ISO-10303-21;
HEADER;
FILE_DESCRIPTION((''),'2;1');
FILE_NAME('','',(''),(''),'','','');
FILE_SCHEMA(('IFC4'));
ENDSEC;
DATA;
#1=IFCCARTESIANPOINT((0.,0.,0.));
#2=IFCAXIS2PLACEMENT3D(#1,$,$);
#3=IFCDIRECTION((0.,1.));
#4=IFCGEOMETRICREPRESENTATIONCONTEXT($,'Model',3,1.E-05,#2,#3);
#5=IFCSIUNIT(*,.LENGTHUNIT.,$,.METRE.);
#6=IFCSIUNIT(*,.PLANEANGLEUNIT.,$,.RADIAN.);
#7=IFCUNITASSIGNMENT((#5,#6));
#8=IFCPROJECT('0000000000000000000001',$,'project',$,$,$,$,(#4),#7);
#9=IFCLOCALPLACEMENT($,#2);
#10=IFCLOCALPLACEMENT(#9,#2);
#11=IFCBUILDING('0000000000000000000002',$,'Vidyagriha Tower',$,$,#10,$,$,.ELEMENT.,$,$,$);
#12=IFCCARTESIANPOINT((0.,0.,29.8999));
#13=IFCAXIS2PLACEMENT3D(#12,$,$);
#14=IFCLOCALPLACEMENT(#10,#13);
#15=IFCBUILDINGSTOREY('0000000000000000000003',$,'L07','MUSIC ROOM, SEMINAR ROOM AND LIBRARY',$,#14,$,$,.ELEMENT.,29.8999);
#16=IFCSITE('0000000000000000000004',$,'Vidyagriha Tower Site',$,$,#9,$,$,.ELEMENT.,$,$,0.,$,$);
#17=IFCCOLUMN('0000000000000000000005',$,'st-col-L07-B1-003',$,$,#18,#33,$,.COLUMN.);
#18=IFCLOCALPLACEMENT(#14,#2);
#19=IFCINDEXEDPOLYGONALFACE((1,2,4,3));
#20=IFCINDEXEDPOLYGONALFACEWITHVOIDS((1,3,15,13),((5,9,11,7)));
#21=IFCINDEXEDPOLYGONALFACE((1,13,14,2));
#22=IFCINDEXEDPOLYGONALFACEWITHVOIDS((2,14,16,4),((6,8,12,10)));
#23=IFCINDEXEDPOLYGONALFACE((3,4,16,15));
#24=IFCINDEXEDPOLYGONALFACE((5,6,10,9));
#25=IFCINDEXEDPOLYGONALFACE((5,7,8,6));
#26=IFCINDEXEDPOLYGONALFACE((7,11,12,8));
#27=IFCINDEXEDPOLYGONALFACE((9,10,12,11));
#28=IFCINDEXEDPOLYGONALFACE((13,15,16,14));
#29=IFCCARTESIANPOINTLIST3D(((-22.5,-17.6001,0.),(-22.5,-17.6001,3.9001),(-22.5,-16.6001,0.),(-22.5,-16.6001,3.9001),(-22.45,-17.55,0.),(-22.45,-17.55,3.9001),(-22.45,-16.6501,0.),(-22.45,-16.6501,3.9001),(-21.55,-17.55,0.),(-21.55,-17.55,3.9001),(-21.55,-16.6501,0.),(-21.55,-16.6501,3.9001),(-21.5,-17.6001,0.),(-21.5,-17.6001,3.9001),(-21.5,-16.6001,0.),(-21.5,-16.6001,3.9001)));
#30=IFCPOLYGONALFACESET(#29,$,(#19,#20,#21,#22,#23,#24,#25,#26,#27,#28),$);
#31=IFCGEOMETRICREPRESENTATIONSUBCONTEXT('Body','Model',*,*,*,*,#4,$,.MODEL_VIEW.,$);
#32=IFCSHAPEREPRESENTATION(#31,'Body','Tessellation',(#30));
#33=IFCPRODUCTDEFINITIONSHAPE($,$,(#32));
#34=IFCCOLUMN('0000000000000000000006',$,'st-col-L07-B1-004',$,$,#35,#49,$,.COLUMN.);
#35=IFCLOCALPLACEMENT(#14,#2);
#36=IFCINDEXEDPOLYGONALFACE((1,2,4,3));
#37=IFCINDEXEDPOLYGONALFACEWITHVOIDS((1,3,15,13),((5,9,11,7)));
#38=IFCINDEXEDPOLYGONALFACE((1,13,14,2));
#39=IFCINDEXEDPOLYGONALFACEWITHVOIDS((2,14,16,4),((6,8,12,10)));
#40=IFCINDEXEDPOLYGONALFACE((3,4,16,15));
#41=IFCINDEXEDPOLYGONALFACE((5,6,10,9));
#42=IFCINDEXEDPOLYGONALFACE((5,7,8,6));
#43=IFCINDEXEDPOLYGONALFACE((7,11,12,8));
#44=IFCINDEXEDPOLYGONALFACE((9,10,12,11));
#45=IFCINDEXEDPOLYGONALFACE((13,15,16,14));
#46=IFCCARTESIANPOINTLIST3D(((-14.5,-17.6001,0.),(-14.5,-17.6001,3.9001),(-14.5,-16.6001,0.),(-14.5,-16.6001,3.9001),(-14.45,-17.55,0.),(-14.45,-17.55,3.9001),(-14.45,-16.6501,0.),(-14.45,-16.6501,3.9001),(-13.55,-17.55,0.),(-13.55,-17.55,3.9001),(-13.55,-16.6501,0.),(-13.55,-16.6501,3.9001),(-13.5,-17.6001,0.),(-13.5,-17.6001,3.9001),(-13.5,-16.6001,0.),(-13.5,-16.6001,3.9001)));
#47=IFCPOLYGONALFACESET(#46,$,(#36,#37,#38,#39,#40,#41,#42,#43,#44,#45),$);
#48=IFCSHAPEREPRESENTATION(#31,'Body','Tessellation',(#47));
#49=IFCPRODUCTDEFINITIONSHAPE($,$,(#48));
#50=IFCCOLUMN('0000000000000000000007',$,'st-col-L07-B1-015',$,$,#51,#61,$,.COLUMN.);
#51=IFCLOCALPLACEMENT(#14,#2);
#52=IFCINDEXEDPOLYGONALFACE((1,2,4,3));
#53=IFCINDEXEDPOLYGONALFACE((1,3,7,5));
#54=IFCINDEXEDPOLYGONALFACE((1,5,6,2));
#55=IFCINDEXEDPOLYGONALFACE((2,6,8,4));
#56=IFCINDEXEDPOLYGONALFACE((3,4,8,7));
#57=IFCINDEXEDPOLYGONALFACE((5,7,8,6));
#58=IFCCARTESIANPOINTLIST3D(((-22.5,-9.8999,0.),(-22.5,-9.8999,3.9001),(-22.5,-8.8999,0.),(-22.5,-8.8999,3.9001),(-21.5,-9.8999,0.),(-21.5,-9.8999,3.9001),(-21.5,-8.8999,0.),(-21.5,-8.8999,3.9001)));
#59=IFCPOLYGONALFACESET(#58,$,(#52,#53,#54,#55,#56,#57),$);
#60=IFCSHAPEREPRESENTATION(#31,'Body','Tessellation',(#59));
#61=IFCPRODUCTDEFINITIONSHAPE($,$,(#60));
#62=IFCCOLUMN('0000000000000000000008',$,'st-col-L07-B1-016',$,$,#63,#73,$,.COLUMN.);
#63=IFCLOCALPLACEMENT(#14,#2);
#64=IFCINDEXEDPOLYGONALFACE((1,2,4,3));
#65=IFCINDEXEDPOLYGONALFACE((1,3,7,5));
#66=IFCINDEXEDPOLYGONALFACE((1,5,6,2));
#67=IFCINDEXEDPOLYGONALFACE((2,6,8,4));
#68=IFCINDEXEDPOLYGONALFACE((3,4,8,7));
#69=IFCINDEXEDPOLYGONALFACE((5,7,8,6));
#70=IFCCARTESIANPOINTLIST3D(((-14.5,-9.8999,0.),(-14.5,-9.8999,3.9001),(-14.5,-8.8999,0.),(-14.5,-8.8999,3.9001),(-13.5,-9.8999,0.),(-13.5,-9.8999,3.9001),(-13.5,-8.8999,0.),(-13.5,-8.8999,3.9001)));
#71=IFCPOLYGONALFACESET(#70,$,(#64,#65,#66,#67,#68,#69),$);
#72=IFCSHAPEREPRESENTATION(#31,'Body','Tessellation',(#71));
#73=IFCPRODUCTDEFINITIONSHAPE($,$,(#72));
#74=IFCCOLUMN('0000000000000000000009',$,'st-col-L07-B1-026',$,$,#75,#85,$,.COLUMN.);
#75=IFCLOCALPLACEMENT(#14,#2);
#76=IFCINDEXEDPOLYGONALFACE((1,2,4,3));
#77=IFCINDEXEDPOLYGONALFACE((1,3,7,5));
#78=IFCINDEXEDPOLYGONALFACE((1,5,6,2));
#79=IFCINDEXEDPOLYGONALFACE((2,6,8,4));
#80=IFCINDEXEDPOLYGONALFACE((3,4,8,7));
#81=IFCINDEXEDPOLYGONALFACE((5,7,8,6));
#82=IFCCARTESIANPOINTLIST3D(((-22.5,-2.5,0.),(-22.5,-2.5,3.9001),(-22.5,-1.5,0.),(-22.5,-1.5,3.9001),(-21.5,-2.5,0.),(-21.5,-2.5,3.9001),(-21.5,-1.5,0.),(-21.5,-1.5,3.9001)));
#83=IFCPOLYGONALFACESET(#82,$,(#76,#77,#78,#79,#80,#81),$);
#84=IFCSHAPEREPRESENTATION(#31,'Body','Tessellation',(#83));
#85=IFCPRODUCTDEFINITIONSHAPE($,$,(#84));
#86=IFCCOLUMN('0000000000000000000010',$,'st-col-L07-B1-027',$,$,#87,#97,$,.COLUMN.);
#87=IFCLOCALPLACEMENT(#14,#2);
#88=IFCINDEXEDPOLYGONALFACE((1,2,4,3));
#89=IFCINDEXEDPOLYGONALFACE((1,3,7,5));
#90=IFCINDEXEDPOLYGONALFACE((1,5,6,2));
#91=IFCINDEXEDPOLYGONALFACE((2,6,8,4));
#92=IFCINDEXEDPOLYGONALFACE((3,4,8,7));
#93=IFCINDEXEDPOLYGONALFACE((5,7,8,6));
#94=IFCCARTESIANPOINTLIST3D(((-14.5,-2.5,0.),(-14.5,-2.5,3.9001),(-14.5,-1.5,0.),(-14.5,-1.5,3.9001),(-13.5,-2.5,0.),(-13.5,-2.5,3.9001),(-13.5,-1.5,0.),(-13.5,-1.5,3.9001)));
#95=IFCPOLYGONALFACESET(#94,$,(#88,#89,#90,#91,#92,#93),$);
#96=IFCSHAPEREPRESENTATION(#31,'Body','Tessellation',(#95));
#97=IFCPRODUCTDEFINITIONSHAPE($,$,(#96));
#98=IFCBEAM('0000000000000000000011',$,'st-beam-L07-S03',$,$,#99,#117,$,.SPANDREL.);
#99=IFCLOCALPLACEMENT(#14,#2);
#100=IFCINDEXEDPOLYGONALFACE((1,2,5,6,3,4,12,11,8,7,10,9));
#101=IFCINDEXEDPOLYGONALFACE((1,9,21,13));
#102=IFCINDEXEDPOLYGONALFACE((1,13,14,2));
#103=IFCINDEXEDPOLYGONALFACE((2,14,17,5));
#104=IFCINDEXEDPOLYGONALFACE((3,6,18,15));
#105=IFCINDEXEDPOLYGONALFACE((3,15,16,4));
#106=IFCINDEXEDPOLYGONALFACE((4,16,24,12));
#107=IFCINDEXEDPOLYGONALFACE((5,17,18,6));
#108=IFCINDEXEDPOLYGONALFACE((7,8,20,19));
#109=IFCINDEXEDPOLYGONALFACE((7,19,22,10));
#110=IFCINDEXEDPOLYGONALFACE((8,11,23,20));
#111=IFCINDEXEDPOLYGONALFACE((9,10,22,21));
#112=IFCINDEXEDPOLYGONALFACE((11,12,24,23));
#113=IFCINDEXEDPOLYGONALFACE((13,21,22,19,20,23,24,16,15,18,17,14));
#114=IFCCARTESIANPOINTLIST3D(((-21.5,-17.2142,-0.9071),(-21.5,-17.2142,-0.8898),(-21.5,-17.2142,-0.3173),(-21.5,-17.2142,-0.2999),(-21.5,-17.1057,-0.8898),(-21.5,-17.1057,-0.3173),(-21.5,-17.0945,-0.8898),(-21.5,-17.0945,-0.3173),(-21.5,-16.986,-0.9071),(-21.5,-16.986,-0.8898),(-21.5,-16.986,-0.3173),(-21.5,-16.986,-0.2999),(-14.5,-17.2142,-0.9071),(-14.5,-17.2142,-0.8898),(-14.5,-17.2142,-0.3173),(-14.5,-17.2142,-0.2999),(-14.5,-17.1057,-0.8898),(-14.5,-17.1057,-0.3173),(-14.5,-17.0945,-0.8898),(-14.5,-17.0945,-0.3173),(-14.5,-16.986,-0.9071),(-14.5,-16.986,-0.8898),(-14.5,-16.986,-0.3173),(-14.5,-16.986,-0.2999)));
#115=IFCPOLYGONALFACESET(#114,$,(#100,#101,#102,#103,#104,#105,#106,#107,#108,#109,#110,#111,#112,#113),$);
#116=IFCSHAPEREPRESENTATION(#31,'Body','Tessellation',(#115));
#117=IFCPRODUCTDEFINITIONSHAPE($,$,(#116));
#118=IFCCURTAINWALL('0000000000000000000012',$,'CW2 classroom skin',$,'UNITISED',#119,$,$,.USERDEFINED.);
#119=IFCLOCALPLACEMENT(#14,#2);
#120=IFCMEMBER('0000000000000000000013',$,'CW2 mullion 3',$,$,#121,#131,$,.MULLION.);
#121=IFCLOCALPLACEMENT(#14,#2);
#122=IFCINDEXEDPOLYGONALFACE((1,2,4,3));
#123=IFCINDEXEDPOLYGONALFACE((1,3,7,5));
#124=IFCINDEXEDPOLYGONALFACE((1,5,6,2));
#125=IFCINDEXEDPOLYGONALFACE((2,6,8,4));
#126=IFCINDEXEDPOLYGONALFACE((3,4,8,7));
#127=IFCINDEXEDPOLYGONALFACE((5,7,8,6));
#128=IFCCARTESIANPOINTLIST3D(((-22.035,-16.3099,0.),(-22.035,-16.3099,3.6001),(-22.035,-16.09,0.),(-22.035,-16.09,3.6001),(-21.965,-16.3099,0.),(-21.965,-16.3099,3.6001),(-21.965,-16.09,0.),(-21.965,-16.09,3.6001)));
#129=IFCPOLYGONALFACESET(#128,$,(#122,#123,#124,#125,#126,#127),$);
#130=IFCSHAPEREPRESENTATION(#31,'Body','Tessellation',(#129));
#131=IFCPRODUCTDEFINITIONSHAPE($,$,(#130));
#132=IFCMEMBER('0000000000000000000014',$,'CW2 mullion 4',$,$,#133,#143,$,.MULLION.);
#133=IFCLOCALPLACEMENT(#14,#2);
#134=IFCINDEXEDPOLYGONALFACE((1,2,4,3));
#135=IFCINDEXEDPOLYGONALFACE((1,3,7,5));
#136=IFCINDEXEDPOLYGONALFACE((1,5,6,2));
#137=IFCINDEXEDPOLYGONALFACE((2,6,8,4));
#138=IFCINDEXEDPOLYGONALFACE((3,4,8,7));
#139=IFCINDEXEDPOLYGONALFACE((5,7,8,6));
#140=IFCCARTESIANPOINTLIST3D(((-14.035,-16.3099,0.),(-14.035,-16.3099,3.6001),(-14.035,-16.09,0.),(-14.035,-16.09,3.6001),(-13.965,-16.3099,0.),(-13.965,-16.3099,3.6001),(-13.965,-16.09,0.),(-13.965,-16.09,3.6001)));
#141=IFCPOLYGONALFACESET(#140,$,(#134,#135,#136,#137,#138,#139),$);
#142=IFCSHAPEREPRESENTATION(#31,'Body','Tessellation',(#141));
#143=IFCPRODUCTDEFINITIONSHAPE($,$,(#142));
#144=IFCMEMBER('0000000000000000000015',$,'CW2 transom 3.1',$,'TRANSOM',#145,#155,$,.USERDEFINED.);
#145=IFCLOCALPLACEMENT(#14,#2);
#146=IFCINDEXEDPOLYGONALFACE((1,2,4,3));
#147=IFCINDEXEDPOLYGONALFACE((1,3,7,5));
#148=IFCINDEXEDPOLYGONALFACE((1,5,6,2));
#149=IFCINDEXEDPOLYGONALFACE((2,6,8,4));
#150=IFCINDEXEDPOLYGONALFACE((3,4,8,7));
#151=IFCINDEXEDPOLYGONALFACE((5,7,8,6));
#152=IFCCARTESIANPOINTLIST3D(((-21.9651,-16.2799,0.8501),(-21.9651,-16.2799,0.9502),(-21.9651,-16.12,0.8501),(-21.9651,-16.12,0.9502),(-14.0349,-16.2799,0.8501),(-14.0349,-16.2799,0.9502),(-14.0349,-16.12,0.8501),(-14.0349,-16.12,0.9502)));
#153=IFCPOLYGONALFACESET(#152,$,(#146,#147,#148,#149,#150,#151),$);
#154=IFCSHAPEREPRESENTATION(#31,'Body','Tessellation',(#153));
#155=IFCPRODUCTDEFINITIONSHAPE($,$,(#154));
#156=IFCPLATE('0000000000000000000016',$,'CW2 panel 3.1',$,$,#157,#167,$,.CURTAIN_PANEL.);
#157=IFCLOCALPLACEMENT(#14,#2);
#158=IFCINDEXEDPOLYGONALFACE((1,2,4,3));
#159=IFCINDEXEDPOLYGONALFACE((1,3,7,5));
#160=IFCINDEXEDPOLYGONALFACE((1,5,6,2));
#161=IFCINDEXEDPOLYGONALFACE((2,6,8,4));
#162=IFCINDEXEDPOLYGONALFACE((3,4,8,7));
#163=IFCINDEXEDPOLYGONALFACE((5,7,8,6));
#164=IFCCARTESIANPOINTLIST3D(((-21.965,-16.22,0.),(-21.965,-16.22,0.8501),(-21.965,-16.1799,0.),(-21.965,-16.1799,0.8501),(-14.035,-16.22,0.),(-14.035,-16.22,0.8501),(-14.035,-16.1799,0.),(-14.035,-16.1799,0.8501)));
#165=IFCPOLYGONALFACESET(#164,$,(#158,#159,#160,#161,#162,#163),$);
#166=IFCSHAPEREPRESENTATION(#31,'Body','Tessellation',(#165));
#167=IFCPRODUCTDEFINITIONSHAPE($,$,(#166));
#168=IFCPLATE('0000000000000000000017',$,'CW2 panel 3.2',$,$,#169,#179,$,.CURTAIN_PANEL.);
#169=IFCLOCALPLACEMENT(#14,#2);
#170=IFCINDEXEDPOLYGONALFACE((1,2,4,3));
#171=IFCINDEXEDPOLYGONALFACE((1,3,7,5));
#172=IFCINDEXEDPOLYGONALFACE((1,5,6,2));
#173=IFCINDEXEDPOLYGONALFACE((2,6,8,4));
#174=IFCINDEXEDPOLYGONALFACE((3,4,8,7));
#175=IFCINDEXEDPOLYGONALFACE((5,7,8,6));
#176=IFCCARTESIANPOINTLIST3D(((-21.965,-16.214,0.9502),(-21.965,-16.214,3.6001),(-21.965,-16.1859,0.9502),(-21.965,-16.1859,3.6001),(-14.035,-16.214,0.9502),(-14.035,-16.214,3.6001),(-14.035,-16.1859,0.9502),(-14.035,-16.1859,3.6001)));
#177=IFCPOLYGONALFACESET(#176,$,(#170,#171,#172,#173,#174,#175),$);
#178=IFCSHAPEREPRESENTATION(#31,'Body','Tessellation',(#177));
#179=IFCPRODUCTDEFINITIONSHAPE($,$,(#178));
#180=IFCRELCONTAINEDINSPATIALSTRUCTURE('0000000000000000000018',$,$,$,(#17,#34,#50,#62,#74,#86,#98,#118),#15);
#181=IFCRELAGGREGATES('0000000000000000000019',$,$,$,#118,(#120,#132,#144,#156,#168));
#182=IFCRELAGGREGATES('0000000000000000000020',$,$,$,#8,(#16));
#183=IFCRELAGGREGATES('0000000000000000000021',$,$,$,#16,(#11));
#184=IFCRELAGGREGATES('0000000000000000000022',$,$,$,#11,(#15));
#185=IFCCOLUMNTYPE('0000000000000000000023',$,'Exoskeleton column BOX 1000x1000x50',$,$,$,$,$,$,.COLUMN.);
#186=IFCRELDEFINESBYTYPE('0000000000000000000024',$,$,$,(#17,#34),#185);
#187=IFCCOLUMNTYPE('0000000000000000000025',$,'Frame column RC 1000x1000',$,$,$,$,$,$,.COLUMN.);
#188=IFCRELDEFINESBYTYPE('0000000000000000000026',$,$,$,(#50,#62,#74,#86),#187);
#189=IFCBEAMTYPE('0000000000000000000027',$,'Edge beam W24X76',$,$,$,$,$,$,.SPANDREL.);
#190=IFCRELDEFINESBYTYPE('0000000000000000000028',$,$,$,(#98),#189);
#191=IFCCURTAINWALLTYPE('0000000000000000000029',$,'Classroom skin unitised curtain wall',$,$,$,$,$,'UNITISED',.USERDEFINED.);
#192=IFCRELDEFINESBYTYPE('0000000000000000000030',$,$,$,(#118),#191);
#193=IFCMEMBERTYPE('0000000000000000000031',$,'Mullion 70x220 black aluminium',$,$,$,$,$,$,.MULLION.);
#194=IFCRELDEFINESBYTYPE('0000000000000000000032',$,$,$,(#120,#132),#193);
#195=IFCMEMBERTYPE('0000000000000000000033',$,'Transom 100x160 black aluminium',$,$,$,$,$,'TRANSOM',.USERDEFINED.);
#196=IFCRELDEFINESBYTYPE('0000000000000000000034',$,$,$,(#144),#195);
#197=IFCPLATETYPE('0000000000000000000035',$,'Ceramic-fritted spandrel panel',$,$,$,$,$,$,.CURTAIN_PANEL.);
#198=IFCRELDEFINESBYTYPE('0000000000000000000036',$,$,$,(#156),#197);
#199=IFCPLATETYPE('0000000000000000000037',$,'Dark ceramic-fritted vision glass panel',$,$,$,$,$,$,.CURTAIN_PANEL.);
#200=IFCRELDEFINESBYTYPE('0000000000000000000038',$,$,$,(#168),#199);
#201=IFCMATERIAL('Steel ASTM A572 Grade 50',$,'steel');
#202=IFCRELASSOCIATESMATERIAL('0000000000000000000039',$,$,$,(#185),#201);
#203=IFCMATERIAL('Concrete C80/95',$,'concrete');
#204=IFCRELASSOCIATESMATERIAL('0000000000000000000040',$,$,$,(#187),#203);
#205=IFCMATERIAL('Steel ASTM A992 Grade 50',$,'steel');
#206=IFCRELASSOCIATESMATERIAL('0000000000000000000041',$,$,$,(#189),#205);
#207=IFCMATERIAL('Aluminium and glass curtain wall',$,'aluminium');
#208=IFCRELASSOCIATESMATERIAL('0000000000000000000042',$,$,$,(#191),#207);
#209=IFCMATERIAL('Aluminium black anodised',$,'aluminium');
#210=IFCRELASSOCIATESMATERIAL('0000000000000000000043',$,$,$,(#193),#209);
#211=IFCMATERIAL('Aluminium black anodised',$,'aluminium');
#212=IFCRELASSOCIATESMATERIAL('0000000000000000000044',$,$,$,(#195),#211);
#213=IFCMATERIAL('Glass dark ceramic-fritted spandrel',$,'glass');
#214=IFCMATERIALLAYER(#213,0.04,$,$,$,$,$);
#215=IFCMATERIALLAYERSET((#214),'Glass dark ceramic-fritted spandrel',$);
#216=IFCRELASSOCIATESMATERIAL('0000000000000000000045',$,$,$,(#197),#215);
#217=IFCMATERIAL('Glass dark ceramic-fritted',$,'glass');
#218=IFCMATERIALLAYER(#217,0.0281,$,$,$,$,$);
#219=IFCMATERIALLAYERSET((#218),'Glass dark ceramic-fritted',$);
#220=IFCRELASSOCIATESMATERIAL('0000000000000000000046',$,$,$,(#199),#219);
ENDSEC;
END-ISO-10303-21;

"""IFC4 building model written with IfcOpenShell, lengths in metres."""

from ifc_helpers import new_model, si_unit, direction, frame, origin, origin_2d, place, context, subcontext, project, spatial, rectangle, hollow_rectangle, i_section, extrude, material, layer, layer_set, material_profile, profile_set, type_object, element, aggregate, save


model = new_model("IFC4")

# Units and contexts
model_context = context("Model", 3, precision=1e-05, world=origin(), true_north=direction((0.0, 1.0)))
body_context = subcontext(model_context, "Body", "Model", "MODEL_VIEW")
ifc_project = project(units=[si_unit("LENGTHUNIT", "METRE"), si_unit("PLANEANGLEUNIT", "RADIAN")], contexts=[model_context])

# Site, building, storey
site_placement = place(None, origin())
site = spatial("IfcSite", under=ifc_project, at=site_placement, Name="Vidyagriha Tower Site", CompositionType="ELEMENT", RefElevation=0.0)
building_placement = place(site_placement, origin())
building = spatial("IfcBuilding", under=site, at=building_placement, Name="Vidyagriha Tower", CompositionType="ELEMENT")
storey_placement = place(building_placement, frame((0.0, 0.0, 29.8999)))
storey = spatial("IfcBuildingStorey", under=building, at=storey_placement, Name="L07", Description="MUSIC ROOM, SEMINAR ROOM AND LIBRARY", CompositionType="ELEMENT", Elevation=29.8999)

# Columns
ifc_material_1 = material(Name="Steel ASTM A572 Grade 50", Category="steel")
ifc_material_profile_1 = material_profile(ifc_material_1, hollow_rectangle(XDim=1.0, YDim=1.0, WallThickness=0.05, at=origin_2d()), Name="BOX 1000x1000x50")
ifc_profile_set_1 = profile_set([ifc_material_profile_1], Name="Steel ASTM A572 Grade 50")
column_type_1 = type_object("IfcColumnType", Name="Exoskeleton column BOX 1000x1000x50", PredefinedType="COLUMN", material=ifc_profile_set_1)
for number, where, name in (
    (1, (-22.0, -17.1001, 0.0), "st-col-L07-B1-003"),
    (2, (-14.0, -17.1001, 0.0), "st-col-L07-B1-004"),
):
    element("IfcColumn", number, at=place(storey_placement, frame(where)), inside=storey, type_object=column_type_1, Name=name, PredefinedType="COLUMN", context=body_context, shape_type="SweptSolid", body=[
        extrude(hollow_rectangle(XDim=1.0, YDim=1.0, WallThickness=0.05, at=origin_2d()), origin(), (0.0, 0.0, 1.0), 3.9001),
    ])
ifc_material_2 = material(Name="Concrete C80/95", Category="concrete")
ifc_material_profile_2 = material_profile(ifc_material_2, rectangle(XDim=1.0, YDim=1.0, at=origin_2d()), Name="RC 1000x1000")
ifc_profile_set_2 = profile_set([ifc_material_profile_2], Name="Concrete C80/95")
column_type_2 = type_object("IfcColumnType", Name="Frame column RC 1000x1000", PredefinedType="COLUMN", material=ifc_profile_set_2)
for number, where, name in (
    (3, (-22.0, -9.3999, 0.0), "st-col-L07-B1-015"),
    (4, (-14.0, -9.3999, 0.0), "st-col-L07-B1-016"),
    (5, (-22.0, -2.0, 0.0), "st-col-L07-B1-026"),
    (6, (-14.0, -2.0, 0.0), "st-col-L07-B1-027"),
):
    element("IfcColumn", number, at=place(storey_placement, frame(where)), inside=storey, type_object=column_type_2, Name=name, PredefinedType="COLUMN", context=body_context, shape_type="SweptSolid", body=[
        extrude(rectangle(XDim=1.0, YDim=1.0, at=origin_2d()), origin(), (0.0, 0.0, 1.0), 3.9001),
    ])

# Beam
ifc_material_3 = material(Name="Steel ASTM A992 Grade 50", Category="steel")
ifc_material_profile_3 = material_profile(ifc_material_3, i_section(OverallWidth=0.2283, OverallDepth=0.6072, WebThickness=0.0112, FlangeThickness=0.0173, at=origin_2d()), Name="W24X76")
ifc_profile_set_3 = profile_set([ifc_material_profile_3], Name="Steel ASTM A992 Grade 50")
beam_type = type_object("IfcBeamType", Name="Edge beam W24X76", PredefinedType="SPANDREL", material=ifc_profile_set_3)
beam_placement = place(storey_placement, frame((-21.5, -17.1001, -0.6035), z_axis=(1.0, 0.0, 0.0), x_axis=(0.0, 1.0, 0.0)))
element("IfcBeam", 7, at=beam_placement, inside=storey, type_object=beam_type, Name="st-beam-L07-S03", PredefinedType="SPANDREL", context=body_context, shape_type="SweptSolid", body=[
    extrude(i_section(OverallWidth=0.2283, OverallDepth=0.6072, WebThickness=0.0112, FlangeThickness=0.0173, at=origin_2d()), origin(), (0.0, 0.0, 1.0), 7.0),
])

# Curtain wall, members, plates
ifc_material_4 = material(Name="Aluminium and glass curtain wall", Category="aluminium")
curtain_wall_type = type_object("IfcCurtainWallType", Name="Classroom skin unitised curtain wall", ElementType="UNITISED", PredefinedType="USERDEFINED", material=ifc_material_4)
curtain_wall_placement = place(storey_placement, origin())
curtain_wall = element("IfcCurtainWall", 8, at=curtain_wall_placement, inside=storey, type_object=curtain_wall_type, Name="CW2 classroom skin", ObjectType="UNITISED", PredefinedType="USERDEFINED")
ifc_material_5 = material(Name="Aluminium black anodised", Category="aluminium")
ifc_material_profile_4 = material_profile(ifc_material_5, rectangle(XDim=0.22, YDim=0.0701, at=origin_2d()), Name="Mullion 70x220 black aluminium")
ifc_profile_set_4 = profile_set([ifc_material_profile_4], Name="Aluminium black anodised")
member_type_1 = type_object("IfcMemberType", Name="Mullion 70x220 black aluminium", PredefinedType="MULLION", material=ifc_profile_set_4)
member_1_placement = place(storey_placement, frame((-22.0, -16.2, 0.0), z_axis=(0.0, 0.0, 1.0), x_axis=(0.0, 1.0, 0.0)))
member_1 = element("IfcMember", 9, at=member_1_placement, type_object=member_type_1, Name="CW2 mullion 3", PredefinedType="MULLION", context=body_context, shape_type="SweptSolid", body=[
    extrude(rectangle(XDim=0.22, YDim=0.0701, at=origin_2d()), origin(), (0.0, 0.0, 1.0), 3.6001),
])
member_2_placement = place(storey_placement, frame((-14.0, -16.2, 0.0), z_axis=(0.0, 0.0, 1.0), x_axis=(0.0, 1.0, 0.0)))
member_2 = element("IfcMember", 10, at=member_2_placement, type_object=member_type_1, Name="CW2 mullion 4", PredefinedType="MULLION", context=body_context, shape_type="SweptSolid", body=[
    extrude(rectangle(XDim=0.22, YDim=0.0701, at=origin_2d()), origin(), (0.0, 0.0, 1.0), 3.6001),
])
ifc_material_6 = material(Name="Aluminium black anodised", Category="aluminium")
ifc_material_profile_5 = material_profile(ifc_material_6, rectangle(XDim=0.1599, YDim=0.1001, at=origin_2d()), Name="Transom 100x160 black aluminium")
ifc_profile_set_5 = profile_set([ifc_material_profile_5], Name="Aluminium black anodised")
member_type_2 = type_object("IfcMemberType", Name="Transom 100x160 black aluminium", ElementType="TRANSOM", PredefinedType="USERDEFINED", material=ifc_profile_set_5)
member_3_placement = place(storey_placement, frame((-21.9651, -16.2, 0.9001), z_axis=(1.0, 0.0, 0.0), x_axis=(0.0, 1.0, 0.0)))
member_3 = element("IfcMember", 11, at=member_3_placement, type_object=member_type_2, Name="CW2 transom 3.1", ObjectType="TRANSOM", PredefinedType="USERDEFINED", context=body_context, shape_type="SweptSolid", body=[
    extrude(rectangle(XDim=0.1599, YDim=0.1001, at=origin_2d()), origin(), (0.0, 0.0, 1.0), 7.9302),
])
ifc_material_7 = material(Name="Glass dark ceramic-fritted spandrel", Category="glass")
ifc_layer_1 = layer(ifc_material_7, 0.04)
ifc_layer_set_1 = layer_set([ifc_layer_1], Name="Glass dark ceramic-fritted spandrel")
plate_type_1 = type_object("IfcPlateType", Name="Ceramic-fritted spandrel panel", PredefinedType="CURTAIN_PANEL", material=ifc_layer_set_1)
plate_1_placement = place(storey_placement, frame((-18.0, -16.2, 0.0)))
plate_1 = element("IfcPlate", 12, at=plate_1_placement, type_object=plate_type_1, Name="CW2 panel 3.1", PredefinedType="CURTAIN_PANEL", context=body_context, shape_type="SweptSolid", body=[
    extrude(rectangle(XDim=7.9299, YDim=0.04, at=origin_2d()), origin(), (0.0, 0.0, 1.0), 0.8501),
])
ifc_material_8 = material(Name="Glass dark ceramic-fritted", Category="glass")
ifc_layer_2 = layer(ifc_material_8, 0.0281)
ifc_layer_set_2 = layer_set([ifc_layer_2], Name="Glass dark ceramic-fritted")
plate_type_2 = type_object("IfcPlateType", Name="Dark ceramic-fritted vision glass panel", PredefinedType="CURTAIN_PANEL", material=ifc_layer_set_2)
plate_2_placement = place(storey_placement, frame((-18.0, -16.2, 0.9502)))
plate_2 = element("IfcPlate", 13, at=plate_2_placement, type_object=plate_type_2, Name="CW2 panel 3.2", PredefinedType="CURTAIN_PANEL", context=body_context, shape_type="SweptSolid", body=[
    extrude(rectangle(XDim=7.9299, YDim=0.0281, at=origin_2d()), origin(), (0.0, 0.0, 1.0), 2.6499),
])
aggregate(curtain_wall, [member_1, member_2, member_3, plate_1, plate_2])

save(model, "model.ifc")
